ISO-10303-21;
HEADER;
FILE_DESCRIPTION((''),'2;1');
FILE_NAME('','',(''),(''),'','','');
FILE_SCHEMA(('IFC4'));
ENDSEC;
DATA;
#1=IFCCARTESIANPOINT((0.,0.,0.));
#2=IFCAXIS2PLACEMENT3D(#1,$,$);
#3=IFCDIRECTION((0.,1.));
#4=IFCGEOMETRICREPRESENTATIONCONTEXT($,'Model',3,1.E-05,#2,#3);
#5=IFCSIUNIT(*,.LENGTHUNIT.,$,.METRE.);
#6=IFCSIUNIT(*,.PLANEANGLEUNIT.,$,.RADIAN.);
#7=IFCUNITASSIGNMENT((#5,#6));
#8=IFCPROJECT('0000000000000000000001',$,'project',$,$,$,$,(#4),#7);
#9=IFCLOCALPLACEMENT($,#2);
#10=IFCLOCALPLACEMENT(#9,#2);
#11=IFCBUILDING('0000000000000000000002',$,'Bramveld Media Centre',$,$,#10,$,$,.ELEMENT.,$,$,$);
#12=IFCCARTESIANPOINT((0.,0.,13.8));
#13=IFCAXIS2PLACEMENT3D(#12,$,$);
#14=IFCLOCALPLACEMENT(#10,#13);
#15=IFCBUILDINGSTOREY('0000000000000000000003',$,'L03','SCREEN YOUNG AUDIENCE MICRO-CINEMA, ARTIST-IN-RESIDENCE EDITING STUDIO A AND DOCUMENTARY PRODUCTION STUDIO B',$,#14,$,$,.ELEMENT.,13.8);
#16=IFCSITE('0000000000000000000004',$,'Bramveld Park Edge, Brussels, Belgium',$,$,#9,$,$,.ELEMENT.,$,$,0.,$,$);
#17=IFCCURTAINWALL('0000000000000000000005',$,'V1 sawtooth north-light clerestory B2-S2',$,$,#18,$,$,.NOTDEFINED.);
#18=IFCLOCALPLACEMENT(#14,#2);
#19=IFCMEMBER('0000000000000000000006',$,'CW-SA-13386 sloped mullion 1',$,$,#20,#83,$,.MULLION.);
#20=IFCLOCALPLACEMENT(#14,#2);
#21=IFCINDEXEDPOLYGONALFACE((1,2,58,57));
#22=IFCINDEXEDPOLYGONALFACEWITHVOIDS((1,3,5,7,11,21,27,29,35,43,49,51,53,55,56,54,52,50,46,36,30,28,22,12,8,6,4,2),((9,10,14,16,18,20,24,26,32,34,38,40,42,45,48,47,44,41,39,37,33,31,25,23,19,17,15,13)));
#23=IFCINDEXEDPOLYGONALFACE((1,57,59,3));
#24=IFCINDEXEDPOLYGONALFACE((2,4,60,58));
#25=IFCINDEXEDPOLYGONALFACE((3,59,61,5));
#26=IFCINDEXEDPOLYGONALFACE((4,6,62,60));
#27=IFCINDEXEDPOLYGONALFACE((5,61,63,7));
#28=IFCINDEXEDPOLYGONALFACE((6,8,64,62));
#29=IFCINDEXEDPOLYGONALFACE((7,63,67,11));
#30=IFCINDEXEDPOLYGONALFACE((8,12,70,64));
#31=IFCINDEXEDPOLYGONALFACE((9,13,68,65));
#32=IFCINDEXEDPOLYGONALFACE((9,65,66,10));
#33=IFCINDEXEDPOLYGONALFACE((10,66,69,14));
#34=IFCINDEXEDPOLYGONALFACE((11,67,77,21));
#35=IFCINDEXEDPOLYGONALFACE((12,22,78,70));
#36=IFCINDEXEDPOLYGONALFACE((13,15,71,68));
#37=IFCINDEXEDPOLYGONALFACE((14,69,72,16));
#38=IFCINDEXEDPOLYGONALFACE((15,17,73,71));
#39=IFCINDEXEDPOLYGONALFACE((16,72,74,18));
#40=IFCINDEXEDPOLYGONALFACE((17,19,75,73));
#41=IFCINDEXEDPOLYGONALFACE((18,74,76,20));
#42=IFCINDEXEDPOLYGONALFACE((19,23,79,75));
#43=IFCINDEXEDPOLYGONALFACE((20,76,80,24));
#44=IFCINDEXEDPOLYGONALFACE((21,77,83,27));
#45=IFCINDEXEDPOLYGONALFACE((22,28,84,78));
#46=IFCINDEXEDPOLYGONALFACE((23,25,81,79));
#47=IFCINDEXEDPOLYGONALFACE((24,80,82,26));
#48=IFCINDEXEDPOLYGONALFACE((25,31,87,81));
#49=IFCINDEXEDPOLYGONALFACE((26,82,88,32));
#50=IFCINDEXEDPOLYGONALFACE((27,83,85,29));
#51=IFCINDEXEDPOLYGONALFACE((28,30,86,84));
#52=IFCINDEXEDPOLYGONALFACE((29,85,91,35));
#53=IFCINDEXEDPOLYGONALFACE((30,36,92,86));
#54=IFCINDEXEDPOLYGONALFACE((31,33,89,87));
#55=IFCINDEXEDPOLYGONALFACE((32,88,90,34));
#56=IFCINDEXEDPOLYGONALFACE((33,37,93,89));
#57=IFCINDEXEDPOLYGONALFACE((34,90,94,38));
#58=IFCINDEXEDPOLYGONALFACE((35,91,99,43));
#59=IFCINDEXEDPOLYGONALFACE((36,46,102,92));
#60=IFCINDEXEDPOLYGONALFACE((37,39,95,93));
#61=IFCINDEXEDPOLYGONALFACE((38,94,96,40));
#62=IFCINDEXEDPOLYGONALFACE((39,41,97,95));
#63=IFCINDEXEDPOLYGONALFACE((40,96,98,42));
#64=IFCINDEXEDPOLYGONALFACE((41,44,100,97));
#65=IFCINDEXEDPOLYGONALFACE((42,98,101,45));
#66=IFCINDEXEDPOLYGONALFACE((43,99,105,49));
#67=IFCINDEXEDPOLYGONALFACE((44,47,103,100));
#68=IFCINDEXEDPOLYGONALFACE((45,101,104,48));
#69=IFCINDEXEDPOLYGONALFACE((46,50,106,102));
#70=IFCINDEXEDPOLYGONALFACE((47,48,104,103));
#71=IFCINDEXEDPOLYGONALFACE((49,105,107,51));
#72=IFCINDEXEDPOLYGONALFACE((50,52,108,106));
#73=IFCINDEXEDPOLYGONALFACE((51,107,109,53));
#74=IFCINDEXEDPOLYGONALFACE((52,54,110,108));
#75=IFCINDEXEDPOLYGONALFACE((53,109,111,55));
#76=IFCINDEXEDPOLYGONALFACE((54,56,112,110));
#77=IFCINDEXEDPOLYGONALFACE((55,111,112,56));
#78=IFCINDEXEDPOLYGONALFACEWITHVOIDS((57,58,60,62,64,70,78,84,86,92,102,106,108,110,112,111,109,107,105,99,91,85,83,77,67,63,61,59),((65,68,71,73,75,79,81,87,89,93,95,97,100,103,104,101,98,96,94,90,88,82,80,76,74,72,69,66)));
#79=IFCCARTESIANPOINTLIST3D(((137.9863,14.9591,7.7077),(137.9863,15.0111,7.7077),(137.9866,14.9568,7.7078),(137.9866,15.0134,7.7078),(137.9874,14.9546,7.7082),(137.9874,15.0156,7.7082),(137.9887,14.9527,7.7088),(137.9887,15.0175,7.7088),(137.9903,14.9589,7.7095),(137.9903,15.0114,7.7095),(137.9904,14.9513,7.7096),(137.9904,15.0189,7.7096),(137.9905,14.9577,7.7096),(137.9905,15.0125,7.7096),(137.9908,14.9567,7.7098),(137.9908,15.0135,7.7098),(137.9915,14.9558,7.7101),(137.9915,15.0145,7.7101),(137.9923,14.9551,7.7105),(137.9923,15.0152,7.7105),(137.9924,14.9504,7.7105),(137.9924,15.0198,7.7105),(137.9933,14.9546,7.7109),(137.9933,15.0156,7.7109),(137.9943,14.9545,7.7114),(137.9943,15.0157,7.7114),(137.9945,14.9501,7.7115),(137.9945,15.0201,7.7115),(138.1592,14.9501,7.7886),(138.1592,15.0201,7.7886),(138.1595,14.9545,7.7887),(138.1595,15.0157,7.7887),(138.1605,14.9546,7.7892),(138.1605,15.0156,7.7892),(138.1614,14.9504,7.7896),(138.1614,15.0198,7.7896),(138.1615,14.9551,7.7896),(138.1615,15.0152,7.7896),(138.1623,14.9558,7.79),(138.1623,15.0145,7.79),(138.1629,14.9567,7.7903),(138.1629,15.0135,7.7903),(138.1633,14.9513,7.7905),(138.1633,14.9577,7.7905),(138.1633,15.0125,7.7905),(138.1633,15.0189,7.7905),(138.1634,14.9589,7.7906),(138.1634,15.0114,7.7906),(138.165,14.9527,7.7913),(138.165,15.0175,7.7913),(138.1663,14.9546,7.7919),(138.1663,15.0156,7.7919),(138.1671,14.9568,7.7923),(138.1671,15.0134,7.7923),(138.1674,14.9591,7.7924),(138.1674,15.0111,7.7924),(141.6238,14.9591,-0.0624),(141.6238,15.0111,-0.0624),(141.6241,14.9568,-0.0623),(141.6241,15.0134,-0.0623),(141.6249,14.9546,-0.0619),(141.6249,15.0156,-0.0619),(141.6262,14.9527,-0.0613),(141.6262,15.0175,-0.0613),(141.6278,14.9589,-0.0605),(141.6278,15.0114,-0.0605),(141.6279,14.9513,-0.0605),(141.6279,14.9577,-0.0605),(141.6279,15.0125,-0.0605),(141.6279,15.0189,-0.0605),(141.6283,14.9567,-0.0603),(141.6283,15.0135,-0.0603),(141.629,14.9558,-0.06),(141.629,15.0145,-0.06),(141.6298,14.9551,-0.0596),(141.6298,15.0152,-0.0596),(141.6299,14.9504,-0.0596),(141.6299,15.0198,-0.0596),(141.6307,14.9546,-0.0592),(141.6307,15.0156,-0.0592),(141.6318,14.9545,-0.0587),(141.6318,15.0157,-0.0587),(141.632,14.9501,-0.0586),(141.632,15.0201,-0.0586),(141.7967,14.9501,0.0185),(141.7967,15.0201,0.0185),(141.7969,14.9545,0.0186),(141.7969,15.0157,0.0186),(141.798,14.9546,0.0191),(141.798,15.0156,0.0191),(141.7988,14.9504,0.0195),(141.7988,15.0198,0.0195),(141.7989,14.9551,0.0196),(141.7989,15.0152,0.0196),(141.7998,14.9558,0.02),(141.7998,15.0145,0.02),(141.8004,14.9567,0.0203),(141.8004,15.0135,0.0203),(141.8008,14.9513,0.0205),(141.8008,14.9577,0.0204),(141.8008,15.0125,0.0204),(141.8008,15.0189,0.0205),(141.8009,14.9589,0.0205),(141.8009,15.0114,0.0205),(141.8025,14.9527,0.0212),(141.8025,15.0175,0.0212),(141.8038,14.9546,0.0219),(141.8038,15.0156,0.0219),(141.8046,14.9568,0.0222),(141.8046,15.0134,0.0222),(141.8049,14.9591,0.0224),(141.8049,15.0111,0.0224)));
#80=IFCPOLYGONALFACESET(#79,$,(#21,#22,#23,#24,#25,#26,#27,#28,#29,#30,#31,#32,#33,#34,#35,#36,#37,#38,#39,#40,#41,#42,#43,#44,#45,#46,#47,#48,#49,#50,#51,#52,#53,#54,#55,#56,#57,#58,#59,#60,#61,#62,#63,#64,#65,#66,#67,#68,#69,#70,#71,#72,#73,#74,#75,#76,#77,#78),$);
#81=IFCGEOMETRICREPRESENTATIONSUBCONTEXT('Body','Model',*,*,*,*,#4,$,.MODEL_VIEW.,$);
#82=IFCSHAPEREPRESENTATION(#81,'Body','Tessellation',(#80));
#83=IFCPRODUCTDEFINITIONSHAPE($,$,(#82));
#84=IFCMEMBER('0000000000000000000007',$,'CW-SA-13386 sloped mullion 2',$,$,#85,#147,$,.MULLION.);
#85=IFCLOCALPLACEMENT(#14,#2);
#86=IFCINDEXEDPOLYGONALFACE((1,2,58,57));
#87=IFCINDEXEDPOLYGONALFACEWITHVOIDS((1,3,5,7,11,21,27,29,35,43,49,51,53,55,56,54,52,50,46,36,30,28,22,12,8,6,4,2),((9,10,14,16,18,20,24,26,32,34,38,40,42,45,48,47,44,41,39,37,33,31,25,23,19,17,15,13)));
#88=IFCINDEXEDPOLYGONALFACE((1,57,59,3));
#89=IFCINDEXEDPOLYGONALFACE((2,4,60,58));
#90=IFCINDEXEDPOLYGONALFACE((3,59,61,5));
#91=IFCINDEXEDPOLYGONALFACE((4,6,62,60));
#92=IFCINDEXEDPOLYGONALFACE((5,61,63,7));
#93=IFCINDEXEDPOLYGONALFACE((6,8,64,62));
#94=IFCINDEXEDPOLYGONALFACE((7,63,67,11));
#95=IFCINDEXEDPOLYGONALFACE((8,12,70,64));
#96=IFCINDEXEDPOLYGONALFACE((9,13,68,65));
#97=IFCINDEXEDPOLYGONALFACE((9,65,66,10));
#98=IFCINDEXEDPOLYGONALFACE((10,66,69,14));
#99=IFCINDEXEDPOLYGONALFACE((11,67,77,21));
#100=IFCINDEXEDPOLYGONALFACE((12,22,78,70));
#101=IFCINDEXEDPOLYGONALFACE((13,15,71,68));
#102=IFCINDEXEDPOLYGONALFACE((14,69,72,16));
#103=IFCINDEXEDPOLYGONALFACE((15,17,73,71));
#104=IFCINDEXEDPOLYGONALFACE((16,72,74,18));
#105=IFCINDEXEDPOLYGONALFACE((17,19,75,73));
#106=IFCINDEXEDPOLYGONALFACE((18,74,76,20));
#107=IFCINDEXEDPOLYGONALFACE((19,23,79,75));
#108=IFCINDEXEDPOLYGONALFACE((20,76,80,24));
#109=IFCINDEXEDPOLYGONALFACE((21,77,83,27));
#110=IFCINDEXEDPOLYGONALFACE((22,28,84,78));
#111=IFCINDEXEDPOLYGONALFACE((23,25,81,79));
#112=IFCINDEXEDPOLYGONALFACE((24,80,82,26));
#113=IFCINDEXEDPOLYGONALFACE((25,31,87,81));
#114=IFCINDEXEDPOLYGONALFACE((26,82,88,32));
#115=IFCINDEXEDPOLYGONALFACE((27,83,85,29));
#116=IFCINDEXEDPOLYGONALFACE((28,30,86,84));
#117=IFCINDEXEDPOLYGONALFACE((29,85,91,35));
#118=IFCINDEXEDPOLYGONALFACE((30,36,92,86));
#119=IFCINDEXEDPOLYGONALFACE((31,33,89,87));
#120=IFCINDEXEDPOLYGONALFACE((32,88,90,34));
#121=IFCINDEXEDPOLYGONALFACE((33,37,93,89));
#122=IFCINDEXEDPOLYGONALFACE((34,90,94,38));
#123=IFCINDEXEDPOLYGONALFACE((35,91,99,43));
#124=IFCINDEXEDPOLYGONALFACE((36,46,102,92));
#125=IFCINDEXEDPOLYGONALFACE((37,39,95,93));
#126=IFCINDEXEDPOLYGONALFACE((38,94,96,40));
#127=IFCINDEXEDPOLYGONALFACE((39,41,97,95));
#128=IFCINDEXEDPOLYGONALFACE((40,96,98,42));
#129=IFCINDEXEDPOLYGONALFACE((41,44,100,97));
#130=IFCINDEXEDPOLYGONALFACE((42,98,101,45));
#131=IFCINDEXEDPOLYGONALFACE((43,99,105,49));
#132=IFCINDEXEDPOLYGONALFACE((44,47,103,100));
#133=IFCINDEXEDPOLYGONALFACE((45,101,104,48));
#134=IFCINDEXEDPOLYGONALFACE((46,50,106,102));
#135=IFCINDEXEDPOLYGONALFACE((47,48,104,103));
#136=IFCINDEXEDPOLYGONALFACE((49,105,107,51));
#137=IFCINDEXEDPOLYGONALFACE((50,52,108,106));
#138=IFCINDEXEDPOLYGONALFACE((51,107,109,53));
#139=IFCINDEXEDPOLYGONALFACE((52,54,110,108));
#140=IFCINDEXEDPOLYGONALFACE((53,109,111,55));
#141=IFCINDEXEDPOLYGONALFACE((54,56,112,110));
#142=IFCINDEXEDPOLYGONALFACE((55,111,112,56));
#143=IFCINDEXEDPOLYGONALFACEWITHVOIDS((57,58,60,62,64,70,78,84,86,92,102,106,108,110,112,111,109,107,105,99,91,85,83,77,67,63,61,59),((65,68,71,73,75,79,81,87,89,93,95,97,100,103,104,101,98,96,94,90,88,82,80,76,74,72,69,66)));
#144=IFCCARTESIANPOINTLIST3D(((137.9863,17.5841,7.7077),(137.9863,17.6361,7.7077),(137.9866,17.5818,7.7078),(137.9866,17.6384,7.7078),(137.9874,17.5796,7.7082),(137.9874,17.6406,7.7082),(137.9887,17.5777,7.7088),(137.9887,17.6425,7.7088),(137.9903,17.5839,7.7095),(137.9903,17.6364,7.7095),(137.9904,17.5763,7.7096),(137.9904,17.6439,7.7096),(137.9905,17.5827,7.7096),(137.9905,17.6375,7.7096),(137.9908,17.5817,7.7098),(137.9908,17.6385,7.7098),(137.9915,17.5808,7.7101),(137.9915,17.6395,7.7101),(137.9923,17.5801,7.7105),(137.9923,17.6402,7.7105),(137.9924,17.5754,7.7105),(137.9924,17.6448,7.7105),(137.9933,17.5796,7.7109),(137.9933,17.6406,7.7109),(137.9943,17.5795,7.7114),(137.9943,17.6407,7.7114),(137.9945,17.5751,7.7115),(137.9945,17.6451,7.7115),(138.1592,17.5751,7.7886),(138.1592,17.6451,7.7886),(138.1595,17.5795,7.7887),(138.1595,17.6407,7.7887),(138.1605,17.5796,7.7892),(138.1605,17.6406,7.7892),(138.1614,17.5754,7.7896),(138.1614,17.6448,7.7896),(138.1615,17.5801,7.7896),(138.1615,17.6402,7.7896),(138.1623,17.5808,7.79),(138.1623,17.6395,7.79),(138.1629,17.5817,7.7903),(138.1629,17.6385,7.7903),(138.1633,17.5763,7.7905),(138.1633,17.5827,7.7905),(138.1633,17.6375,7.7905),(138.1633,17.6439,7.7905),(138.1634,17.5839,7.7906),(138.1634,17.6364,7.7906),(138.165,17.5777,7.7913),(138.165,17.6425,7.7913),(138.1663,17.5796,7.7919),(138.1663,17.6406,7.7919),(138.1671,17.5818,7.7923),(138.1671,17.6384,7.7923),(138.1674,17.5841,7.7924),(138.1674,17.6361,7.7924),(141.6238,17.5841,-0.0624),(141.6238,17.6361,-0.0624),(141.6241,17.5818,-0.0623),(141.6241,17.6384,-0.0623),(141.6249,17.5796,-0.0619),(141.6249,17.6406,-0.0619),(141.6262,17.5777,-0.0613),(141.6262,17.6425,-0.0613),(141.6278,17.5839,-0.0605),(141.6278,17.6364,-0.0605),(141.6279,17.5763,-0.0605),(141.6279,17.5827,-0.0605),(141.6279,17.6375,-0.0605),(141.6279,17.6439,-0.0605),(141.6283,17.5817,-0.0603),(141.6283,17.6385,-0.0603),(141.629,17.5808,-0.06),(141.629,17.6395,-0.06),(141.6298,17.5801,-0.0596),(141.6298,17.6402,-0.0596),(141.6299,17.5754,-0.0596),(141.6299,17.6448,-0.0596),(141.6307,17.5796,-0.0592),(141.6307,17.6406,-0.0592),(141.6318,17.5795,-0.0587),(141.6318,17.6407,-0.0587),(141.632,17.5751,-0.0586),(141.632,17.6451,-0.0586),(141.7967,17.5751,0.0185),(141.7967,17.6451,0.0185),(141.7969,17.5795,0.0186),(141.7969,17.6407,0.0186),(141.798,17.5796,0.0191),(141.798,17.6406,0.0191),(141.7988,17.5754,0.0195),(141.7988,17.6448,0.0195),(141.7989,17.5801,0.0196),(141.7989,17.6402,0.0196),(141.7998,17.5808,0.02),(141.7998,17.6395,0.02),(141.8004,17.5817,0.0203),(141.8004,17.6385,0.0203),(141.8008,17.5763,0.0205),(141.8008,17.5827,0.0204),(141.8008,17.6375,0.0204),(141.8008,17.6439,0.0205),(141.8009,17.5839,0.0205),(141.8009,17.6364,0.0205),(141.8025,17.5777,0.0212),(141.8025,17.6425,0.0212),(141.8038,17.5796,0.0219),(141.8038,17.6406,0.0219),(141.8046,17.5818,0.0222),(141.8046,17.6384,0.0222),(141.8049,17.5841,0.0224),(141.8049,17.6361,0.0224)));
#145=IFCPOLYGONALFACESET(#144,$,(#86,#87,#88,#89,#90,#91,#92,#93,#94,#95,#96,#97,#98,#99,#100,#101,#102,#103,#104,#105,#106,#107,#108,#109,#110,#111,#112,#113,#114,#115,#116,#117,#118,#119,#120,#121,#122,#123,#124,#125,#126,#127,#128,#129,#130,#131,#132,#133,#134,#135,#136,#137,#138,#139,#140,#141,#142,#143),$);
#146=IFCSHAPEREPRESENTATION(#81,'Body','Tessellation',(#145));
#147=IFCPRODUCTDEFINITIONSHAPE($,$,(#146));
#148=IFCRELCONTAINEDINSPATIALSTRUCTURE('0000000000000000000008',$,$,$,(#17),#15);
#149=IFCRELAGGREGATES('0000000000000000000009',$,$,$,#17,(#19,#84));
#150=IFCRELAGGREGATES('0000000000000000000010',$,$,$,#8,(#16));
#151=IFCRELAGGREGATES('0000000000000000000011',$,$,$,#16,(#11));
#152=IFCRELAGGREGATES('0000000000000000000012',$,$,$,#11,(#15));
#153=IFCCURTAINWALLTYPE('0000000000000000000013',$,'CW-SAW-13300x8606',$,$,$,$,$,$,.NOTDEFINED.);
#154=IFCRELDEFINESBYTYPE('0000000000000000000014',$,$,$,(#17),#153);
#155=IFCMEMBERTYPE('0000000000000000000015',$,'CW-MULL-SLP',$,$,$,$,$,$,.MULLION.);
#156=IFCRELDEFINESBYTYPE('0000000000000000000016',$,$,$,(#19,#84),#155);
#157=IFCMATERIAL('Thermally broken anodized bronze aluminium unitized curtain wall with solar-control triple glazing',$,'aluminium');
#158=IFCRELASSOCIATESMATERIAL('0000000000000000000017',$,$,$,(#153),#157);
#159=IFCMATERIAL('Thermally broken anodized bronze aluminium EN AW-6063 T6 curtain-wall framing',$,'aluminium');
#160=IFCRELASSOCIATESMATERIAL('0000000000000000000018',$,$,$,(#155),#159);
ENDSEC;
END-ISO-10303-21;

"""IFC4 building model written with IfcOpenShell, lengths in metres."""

from ifc_helpers import new_model, si_unit, direction, frame, origin, origin_2d, place, context, subcontext, project, spatial, hollow_rectangle, extrude, material, material_profile, profile_set, type_object, element, aggregate, save


model = new_model("IFC4")

# Units and contexts
model_context = context("Model", 3, precision=1e-05, world=origin(), true_north=direction((0.0, 1.0)))
body_context = subcontext(model_context, "Body", "Model", "MODEL_VIEW")
ifc_project = project(units=[si_unit("LENGTHUNIT", "METRE"), si_unit("PLANEANGLEUNIT", "RADIAN")], contexts=[model_context])

# Site, building, storey
site_placement = place(None, origin())
site = spatial("IfcSite", under=ifc_project, at=site_placement, Name="Bramveld Park Edge, Brussels, Belgium", CompositionType="ELEMENT", RefElevation=0.0)
building_placement = place(site_placement, origin())
building = spatial("IfcBuilding", under=site, at=building_placement, Name="Bramveld Media Centre", CompositionType="ELEMENT")
storey_placement = place(building_placement, frame((0.0, 0.0, 13.8)))
storey = spatial("IfcBuildingStorey", under=building, at=storey_placement, Name="L03", Description="SCREEN YOUNG AUDIENCE MICRO-CINEMA, ARTIST-IN-RESIDENCE EDITING STUDIO A AND DOCUMENTARY PRODUCTION STUDIO B", CompositionType="ELEMENT", Elevation=13.8)

# Curtain wall, members
ifc_material_1 = material(Name="Thermally broken anodized bronze aluminium unitized curtain wall with solar-control triple glazing", Category="aluminium")
curtain_wall_type = type_object("IfcCurtainWallType", Name="CW-SAW-13300x8606", PredefinedType="NOTDEFINED", material=ifc_material_1)
ifc_material_2 = material(Name="Thermally broken anodized bronze aluminium EN AW-6063 T6 curtain-wall framing", Category="aluminium")
ifc_material_profile_1 = material_profile(ifc_material_2, hollow_rectangle(XDim=0.0701, YDim=0.2, WallThickness=0.0044, InnerFilletRadius=0.0044, OuterFilletRadius=0.009, at=origin_2d()), Name="AL-MULL 70x200")
ifc_profile_set_1 = profile_set([ifc_material_profile_1], Name="Thermally broken anodized bronze aluminium EN AW-6063 T6 curtain-wall framing")
member_type_1 = type_object("IfcMemberType", Name="CW-MULL-SLP", PredefinedType="MULLION", material=ifc_profile_set_1)
curtain_wall_1_placement = place(storey_placement, origin())
curtain_wall_1 = element("IfcCurtainWall", 1, at=curtain_wall_1_placement, inside=storey, type_object=curtain_wall_type, Name="V1 sawtooth north-light clerestory B2-S2", PredefinedType="NOTDEFINED")
member_1_placement = place(storey_placement, frame((141.7144, 14.9851, -0.02), z_axis=(-0.42398, 0.0, 0.905671), x_axis=(0.0, -1.0, 0.0)))
member_1 = element("IfcMember", 2, at=member_1_placement, type_object=member_type_1, Name="CW-SA-13386 sloped mullion 1", PredefinedType="MULLION", context=body_context, shape_type="SweptSolid", body=[
    extrude(hollow_rectangle(XDim=0.0701, YDim=0.2, WallThickness=0.0044, InnerFilletRadius=0.0044, OuterFilletRadius=0.009, at=origin_2d()), origin(), (0.0, 0.0, 1.0), 8.5793),
])
member_2_placement = place(storey_placement, frame((141.7144, 17.6101, -0.02), z_axis=(-0.42398, 0.0, 0.905671), x_axis=(0.0, -1.0, 0.0)))
member_2 = element("IfcMember", 3, at=member_2_placement, type_object=member_type_1, Name="CW-SA-13386 sloped mullion 2", PredefinedType="MULLION", context=body_context, shape_type="SweptSolid", body=[
    extrude(hollow_rectangle(XDim=0.0701, YDim=0.2, WallThickness=0.0044, InnerFilletRadius=0.0044, OuterFilletRadius=0.009, at=origin_2d()), origin(), (0.0, 0.0, 1.0), 8.5793),
])

aggregate(curtain_wall_1, [member_1, member_2])

save(model, "model.ifc")
